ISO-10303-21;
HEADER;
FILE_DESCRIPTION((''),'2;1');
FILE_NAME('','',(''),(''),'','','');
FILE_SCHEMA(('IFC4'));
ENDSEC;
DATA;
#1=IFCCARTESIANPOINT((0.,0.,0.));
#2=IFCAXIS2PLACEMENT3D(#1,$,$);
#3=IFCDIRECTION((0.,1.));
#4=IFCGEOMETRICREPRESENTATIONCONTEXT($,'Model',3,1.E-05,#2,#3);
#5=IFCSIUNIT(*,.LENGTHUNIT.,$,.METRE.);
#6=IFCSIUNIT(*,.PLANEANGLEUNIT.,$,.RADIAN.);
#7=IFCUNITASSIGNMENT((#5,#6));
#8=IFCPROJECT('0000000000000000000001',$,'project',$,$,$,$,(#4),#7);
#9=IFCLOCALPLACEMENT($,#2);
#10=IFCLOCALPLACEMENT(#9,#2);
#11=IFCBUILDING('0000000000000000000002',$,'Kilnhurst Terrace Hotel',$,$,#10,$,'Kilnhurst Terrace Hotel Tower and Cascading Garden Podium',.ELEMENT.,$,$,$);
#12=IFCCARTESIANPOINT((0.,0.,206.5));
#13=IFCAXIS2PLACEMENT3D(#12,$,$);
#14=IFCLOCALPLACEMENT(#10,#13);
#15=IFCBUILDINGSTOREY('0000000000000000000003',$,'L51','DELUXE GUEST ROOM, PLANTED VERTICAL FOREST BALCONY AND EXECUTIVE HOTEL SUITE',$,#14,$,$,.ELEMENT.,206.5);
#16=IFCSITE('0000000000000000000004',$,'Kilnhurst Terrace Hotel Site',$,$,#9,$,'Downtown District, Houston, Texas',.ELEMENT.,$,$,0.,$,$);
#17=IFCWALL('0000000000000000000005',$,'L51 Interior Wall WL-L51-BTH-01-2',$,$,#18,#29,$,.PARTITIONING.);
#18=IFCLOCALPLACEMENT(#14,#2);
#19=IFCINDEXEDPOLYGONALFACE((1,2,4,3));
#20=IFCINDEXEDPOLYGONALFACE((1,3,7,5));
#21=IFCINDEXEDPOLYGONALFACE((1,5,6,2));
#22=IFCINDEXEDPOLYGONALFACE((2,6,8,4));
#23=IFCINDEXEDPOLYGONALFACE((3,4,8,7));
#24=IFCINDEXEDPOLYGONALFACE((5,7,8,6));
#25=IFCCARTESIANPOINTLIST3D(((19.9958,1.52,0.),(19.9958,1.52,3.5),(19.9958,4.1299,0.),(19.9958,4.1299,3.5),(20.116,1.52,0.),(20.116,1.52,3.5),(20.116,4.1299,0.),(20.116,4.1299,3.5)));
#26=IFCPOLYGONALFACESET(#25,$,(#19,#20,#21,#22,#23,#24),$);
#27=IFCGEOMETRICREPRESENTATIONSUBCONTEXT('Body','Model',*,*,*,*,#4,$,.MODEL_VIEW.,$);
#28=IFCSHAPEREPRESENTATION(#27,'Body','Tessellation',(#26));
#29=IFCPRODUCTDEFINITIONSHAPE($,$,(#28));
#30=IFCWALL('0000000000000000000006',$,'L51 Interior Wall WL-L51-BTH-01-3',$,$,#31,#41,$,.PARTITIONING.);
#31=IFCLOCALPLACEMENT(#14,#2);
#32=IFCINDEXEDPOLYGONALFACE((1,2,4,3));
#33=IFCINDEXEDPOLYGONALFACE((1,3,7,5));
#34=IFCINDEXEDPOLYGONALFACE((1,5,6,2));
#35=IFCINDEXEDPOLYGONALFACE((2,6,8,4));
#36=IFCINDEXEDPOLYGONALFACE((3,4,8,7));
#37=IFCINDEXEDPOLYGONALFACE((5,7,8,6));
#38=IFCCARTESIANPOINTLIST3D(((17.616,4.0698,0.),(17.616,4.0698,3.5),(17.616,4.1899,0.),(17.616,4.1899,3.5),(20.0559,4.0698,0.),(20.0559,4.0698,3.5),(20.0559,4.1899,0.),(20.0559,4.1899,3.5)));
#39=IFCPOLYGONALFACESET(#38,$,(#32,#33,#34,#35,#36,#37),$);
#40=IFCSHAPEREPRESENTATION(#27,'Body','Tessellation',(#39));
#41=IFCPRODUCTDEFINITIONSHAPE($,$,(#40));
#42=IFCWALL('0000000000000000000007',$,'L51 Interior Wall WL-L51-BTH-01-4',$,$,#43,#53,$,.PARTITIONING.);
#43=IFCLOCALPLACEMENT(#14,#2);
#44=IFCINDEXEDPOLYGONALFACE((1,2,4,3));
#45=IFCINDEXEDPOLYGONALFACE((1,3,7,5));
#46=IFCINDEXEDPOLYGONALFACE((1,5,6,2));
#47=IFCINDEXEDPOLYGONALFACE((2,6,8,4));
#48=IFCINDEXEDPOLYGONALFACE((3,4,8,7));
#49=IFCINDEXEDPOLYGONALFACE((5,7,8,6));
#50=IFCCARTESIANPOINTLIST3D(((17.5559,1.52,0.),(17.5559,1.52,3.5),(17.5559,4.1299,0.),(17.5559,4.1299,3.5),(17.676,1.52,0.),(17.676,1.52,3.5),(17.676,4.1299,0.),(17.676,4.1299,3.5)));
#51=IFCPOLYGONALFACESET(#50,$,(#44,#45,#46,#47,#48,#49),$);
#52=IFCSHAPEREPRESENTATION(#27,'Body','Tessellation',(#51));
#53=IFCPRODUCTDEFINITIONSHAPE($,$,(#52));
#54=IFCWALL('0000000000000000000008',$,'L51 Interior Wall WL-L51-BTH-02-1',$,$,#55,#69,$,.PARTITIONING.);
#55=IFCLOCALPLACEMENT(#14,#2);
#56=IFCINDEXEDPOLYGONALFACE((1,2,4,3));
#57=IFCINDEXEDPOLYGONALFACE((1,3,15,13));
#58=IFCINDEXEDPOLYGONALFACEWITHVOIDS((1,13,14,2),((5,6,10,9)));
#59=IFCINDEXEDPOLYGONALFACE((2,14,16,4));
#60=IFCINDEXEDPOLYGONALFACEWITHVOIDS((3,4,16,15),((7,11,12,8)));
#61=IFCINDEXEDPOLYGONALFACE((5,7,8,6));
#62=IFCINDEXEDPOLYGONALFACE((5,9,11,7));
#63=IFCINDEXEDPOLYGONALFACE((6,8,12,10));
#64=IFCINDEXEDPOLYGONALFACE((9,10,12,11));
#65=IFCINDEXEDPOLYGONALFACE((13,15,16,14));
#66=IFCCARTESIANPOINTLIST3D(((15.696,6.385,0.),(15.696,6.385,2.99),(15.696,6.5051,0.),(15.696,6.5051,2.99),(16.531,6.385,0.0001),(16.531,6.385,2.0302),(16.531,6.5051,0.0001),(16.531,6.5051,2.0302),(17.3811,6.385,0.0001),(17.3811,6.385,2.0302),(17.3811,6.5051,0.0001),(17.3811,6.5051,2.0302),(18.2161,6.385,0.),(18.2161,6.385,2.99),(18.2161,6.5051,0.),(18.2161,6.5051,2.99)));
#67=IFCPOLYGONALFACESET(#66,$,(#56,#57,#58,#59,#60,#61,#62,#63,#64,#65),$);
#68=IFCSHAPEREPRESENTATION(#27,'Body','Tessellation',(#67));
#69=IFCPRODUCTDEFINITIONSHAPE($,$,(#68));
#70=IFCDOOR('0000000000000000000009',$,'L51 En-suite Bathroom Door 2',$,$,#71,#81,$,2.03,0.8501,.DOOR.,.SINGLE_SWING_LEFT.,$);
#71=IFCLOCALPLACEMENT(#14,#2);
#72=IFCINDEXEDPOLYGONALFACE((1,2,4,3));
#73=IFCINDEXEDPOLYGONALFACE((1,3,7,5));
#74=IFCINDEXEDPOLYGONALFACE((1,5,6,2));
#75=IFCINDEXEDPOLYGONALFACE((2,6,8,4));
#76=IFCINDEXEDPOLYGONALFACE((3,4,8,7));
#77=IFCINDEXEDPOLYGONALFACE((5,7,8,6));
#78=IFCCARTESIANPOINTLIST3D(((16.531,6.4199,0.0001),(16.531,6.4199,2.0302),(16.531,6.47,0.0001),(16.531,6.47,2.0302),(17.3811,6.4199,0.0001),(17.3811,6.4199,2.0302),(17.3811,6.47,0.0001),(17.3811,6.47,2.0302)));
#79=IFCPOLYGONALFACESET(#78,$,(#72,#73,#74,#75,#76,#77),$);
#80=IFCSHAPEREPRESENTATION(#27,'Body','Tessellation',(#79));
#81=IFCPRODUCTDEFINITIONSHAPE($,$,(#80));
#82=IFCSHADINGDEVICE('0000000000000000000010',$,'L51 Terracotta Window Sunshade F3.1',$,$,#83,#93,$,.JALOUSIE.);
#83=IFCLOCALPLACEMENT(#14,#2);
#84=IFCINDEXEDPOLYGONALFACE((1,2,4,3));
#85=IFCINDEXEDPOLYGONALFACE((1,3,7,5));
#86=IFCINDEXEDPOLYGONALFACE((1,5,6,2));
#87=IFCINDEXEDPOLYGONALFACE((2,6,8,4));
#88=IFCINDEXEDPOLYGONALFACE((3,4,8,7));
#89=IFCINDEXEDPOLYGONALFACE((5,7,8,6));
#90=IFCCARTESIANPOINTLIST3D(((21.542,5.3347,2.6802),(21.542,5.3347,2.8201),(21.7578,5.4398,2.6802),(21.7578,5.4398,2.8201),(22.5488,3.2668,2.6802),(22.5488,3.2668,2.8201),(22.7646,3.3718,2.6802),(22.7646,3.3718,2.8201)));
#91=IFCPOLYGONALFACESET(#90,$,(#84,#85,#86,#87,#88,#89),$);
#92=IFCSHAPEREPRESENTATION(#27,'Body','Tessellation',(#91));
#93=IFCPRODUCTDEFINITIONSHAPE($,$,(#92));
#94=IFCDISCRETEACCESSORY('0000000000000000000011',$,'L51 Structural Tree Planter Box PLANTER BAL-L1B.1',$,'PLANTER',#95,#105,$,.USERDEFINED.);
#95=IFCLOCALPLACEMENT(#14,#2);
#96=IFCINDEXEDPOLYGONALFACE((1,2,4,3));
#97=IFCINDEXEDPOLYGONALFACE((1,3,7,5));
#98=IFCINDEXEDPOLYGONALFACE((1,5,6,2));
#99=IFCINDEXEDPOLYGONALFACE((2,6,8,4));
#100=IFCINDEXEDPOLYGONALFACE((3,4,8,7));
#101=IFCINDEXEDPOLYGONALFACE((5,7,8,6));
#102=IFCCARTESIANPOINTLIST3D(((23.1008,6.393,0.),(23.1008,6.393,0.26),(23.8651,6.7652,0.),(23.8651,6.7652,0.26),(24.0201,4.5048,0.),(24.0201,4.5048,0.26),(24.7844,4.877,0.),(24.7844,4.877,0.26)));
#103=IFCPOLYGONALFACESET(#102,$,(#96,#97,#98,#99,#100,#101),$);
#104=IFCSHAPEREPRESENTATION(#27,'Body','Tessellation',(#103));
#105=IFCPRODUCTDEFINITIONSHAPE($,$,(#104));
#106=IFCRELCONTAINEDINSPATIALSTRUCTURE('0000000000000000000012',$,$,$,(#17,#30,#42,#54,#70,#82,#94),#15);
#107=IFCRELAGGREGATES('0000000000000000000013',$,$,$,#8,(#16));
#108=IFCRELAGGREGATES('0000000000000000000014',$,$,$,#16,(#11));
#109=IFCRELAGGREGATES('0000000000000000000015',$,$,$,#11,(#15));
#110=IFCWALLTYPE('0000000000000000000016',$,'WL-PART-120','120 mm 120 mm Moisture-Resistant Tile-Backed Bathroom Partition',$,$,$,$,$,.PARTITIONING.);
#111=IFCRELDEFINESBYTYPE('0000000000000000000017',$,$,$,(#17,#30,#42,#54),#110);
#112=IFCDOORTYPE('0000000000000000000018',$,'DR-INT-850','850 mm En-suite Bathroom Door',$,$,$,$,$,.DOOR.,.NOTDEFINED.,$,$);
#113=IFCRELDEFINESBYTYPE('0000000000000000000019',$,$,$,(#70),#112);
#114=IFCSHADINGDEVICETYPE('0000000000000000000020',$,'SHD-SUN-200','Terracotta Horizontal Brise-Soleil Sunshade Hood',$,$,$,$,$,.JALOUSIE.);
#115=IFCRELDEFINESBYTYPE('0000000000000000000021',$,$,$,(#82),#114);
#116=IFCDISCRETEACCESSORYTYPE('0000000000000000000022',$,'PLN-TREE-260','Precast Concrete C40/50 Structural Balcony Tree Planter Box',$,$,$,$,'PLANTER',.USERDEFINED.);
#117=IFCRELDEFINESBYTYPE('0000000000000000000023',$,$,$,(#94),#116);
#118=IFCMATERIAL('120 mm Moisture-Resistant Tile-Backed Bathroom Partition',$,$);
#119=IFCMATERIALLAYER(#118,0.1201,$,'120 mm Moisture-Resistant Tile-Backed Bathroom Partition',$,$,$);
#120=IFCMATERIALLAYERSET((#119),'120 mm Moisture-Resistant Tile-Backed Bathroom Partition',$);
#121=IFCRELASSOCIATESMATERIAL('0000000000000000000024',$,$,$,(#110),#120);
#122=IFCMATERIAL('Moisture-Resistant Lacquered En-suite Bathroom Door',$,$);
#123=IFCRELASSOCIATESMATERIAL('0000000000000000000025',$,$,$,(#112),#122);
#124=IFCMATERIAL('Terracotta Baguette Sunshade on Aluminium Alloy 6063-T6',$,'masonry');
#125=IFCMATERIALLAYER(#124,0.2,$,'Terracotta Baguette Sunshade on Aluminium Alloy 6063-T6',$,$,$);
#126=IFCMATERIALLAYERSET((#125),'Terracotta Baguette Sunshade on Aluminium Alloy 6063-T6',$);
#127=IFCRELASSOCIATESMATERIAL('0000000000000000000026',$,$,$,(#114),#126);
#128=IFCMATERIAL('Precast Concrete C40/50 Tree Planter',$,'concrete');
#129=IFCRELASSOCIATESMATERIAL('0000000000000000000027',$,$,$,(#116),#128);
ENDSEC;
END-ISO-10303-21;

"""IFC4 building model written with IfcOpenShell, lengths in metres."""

from ifc_helpers import new_model, si_unit, direction, frame, frame_2d, origin, origin_2d, place, context, subcontext, project, spatial, rectangle, extrude, material, layer, layer_set, type_object, element, fill, save


model = new_model("IFC4")

# Units and contexts
model_context = context("Model", 3, precision=1e-05, world=origin(), true_north=direction((0.0, 1.0)))
body_context = subcontext(model_context, "Body", "Model", "MODEL_VIEW")
ifc_project = project(units=[si_unit("LENGTHUNIT", "METRE"), si_unit("PLANEANGLEUNIT", "RADIAN")], contexts=[model_context])

# Site, building, storey
site_placement = place(None, origin())
site = spatial("IfcSite", under=ifc_project, at=site_placement, Name="Kilnhurst Terrace Hotel Site", LongName="Downtown District, Houston, Texas", CompositionType="ELEMENT", RefElevation=0.0)
building_placement = place(site_placement, origin())
building = spatial("IfcBuilding", under=site, at=building_placement, Name="Kilnhurst Terrace Hotel", LongName="Kilnhurst Terrace Hotel Tower and Cascading Garden Podium", CompositionType="ELEMENT")
storey_placement = place(building_placement, frame((0.0, 0.0, 206.5)))
storey = spatial("IfcBuildingStorey", under=building, at=storey_placement, Name="L51", Description="DELUXE GUEST ROOM, PLANTED VERTICAL FOREST BALCONY AND EXECUTIVE HOTEL SUITE", CompositionType="ELEMENT", Elevation=206.5)

# Shared definitions
ifc_material_1 = material(Name="120 mm Moisture-Resistant Tile-Backed Bathroom Partition")
ifc_layer_1 = layer(ifc_material_1, 0.1201, Name="120 mm Moisture-Resistant Tile-Backed Bathroom Partition")
ifc_layer_set_1 = layer_set([ifc_layer_1], Name="120 mm Moisture-Resistant Tile-Backed Bathroom Partition")
wall_type_1 = type_object("IfcWallType", Name="WL-PART-120", Description="120 mm 120 mm Moisture-Resistant Tile-Backed Bathroom Partition", PredefinedType="PARTITIONING", material=ifc_layer_set_1)
ifc_material_2 = material(Name="Moisture-Resistant Lacquered En-suite Bathroom Door")
door_type_1 = type_object("IfcDoorType", Name="DR-INT-850", Description="850 mm En-suite Bathroom Door", OperationType="NOTDEFINED", PredefinedType="DOOR", material=ifc_material_2)

# Walls
wall_1_placement = place(storey_placement, frame((20.0559, 1.52, 0.0), z_axis=(0.0, 0.0, 1.0), x_axis=(0.0, 1.0, 0.0)))
element("IfcWall", 1, at=wall_1_placement, inside=storey, type_object=wall_type_1, Name="L51 Interior Wall WL-L51-BTH-01-2", PredefinedType="PARTITIONING", context=body_context, shape_type="SweptSolid", body=[
    extrude(rectangle(XDim=2.6099, YDim=0.1201, at=frame_2d((1.3049, 0.0))), origin(), (0.0, 0.0, 1.0), 3.5),
])
wall_2_placement = place(storey_placement, frame((20.0559, 4.1299, 0.0), z_axis=(0.0, 0.0, 1.0), x_axis=(-1.0, 0.0, 0.0)))
element("IfcWall", 2, at=wall_2_placement, inside=storey, type_object=wall_type_1, Name="L51 Interior Wall WL-L51-BTH-01-3", PredefinedType="PARTITIONING", context=body_context, shape_type="SweptSolid", body=[
    extrude(rectangle(XDim=2.4399, YDim=0.1201, at=frame_2d((1.22, 0.0))), origin(), (0.0, 0.0, 1.0), 3.5),
])
wall_3_placement = place(storey_placement, frame((17.616, 4.1299, 0.0), z_axis=(0.0, 0.0, 1.0), x_axis=(0.0, -1.0, 0.0)))
element("IfcWall", 3, at=wall_3_placement, inside=storey, type_object=wall_type_1, Name="L51 Interior Wall WL-L51-BTH-01-4", PredefinedType="PARTITIONING", context=body_context, shape_type="SweptSolid", body=[
    extrude(rectangle(XDim=2.6099, YDim=0.1201, at=frame_2d((1.3049, 0.0))), origin(), (0.0, 0.0, 1.0), 3.5),
])

# Wall, opening, door
wall_4_placement = place(storey_placement, frame((15.696, 6.4451, 0.0), z_axis=(0.0, 0.0, 1.0), x_axis=(1.0, 0.0, 0.0)))
wall_4 = element("IfcWall", 4, at=wall_4_placement, inside=storey, type_object=wall_type_1, Name="L51 Interior Wall WL-L51-BTH-02-1", PredefinedType="PARTITIONING", context=body_context, shape_type="SweptSolid", body=[
    extrude(rectangle(XDim=2.52, YDim=0.1201, at=frame_2d((1.26, 0.0))), origin(), (0.0, 0.0, 1.0), 2.99),
])
opening_1_placement = place(wall_4_placement, frame((0.835, 0.0, 0.0)))
opening_1 = element("IfcOpeningElement", 5, at=opening_1_placement, cuts=wall_4, PredefinedType="OPENING", context=body_context, shape_type="SweptSolid", body=[
    extrude(rectangle(XDim=0.8501, YDim=2.03, at=frame_2d((0.425, 1.0151))), frame((0.0, 0.0701, 0.0), z_axis=(0.0, -1.0, 0.0), x_axis=(1.0, 0.0, 0.0)), (0.0, 0.0, 1.0), 0.1401),
])
door_1_placement = place(opening_1_placement, origin())
door_1 = element("IfcDoor", 6, at=door_1_placement, inside=storey, type_object=door_type_1, Name="L51 En-suite Bathroom Door 2", OperationType="SINGLE_SWING_LEFT", OverallHeight=2.03, OverallWidth=0.8501, PredefinedType="DOOR", context=body_context, shape_type="SweptSolid", body=[
    extrude(rectangle(XDim=0.8501, YDim=2.03, at=frame_2d((0.425, 1.0151))), frame((0.0, 0.0249, 0.0), z_axis=(0.0, -1.0, 0.0), x_axis=(1.0, 0.0, 0.0)), (0.0, 0.0, 1.0), 0.05),
])
fill(opening_1, door_1)

# Shading device
ifc_material_3 = material(Name="Terracotta Baguette Sunshade on Aluminium Alloy 6063-T6", Category="masonry")
ifc_layer_2 = layer(ifc_material_3, 0.2, Name="Terracotta Baguette Sunshade on Aluminium Alloy 6063-T6")
ifc_layer_set_2 = layer_set([ifc_layer_2], Name="Terracotta Baguette Sunshade on Aluminium Alloy 6063-T6")
shading_device_type = type_object("IfcShadingDeviceType", Name="SHD-SUN-200", Description="Terracotta Horizontal Brise-Soleil Sunshade Hood", PredefinedType="JALOUSIE", material=ifc_layer_set_2)
shading_device_placement = place(storey_placement, frame((22.1533, 4.3533, 2.6802), z_axis=(0.0, 0.0, 1.0), x_axis=(-0.437744, 0.8991, 0.0)))
element("IfcShadingDevice", 7, at=shading_device_placement, inside=storey, type_object=shading_device_type, Name="L51 Terracotta Window Sunshade F3.1", PredefinedType="JALOUSIE", context=body_context, shape_type="SweptSolid", body=[
    extrude(rectangle(XDim=2.3, YDim=0.24, at=origin_2d()), origin(), (0.0, 0.0, 1.0), 0.1399),
])

# Discrete accessory
ifc_material_4 = material(Name="Precast Concrete C40/50 Tree Planter", Category="concrete")
discrete_accessory_type = type_object("IfcDiscreteAccessoryType", Name="PLN-TREE-260", Description="Precast Concrete C40/50 Structural Balcony Tree Planter Box", ElementType="PLANTER", PredefinedType="USERDEFINED", material=ifc_material_4)
discrete_accessory_placement = place(storey_placement, frame((23.9426, 5.635, 0.0), z_axis=(0.0, 0.0, 1.0), x_axis=(-0.437744, 0.8991, 0.0)))
element("IfcDiscreteAccessory", 8, at=discrete_accessory_placement, inside=storey, type_object=discrete_accessory_type, Name="L51 Structural Tree Planter Box PLANTER BAL-L1B.1", ObjectType="PLANTER", PredefinedType="USERDEFINED", context=body_context, shape_type="SweptSolid", body=[
    extrude(rectangle(XDim=2.1001, YDim=0.8501, at=origin_2d()), origin(), (0.0, 0.0, 1.0), 0.26),
])

save(model, "model.ifc")
